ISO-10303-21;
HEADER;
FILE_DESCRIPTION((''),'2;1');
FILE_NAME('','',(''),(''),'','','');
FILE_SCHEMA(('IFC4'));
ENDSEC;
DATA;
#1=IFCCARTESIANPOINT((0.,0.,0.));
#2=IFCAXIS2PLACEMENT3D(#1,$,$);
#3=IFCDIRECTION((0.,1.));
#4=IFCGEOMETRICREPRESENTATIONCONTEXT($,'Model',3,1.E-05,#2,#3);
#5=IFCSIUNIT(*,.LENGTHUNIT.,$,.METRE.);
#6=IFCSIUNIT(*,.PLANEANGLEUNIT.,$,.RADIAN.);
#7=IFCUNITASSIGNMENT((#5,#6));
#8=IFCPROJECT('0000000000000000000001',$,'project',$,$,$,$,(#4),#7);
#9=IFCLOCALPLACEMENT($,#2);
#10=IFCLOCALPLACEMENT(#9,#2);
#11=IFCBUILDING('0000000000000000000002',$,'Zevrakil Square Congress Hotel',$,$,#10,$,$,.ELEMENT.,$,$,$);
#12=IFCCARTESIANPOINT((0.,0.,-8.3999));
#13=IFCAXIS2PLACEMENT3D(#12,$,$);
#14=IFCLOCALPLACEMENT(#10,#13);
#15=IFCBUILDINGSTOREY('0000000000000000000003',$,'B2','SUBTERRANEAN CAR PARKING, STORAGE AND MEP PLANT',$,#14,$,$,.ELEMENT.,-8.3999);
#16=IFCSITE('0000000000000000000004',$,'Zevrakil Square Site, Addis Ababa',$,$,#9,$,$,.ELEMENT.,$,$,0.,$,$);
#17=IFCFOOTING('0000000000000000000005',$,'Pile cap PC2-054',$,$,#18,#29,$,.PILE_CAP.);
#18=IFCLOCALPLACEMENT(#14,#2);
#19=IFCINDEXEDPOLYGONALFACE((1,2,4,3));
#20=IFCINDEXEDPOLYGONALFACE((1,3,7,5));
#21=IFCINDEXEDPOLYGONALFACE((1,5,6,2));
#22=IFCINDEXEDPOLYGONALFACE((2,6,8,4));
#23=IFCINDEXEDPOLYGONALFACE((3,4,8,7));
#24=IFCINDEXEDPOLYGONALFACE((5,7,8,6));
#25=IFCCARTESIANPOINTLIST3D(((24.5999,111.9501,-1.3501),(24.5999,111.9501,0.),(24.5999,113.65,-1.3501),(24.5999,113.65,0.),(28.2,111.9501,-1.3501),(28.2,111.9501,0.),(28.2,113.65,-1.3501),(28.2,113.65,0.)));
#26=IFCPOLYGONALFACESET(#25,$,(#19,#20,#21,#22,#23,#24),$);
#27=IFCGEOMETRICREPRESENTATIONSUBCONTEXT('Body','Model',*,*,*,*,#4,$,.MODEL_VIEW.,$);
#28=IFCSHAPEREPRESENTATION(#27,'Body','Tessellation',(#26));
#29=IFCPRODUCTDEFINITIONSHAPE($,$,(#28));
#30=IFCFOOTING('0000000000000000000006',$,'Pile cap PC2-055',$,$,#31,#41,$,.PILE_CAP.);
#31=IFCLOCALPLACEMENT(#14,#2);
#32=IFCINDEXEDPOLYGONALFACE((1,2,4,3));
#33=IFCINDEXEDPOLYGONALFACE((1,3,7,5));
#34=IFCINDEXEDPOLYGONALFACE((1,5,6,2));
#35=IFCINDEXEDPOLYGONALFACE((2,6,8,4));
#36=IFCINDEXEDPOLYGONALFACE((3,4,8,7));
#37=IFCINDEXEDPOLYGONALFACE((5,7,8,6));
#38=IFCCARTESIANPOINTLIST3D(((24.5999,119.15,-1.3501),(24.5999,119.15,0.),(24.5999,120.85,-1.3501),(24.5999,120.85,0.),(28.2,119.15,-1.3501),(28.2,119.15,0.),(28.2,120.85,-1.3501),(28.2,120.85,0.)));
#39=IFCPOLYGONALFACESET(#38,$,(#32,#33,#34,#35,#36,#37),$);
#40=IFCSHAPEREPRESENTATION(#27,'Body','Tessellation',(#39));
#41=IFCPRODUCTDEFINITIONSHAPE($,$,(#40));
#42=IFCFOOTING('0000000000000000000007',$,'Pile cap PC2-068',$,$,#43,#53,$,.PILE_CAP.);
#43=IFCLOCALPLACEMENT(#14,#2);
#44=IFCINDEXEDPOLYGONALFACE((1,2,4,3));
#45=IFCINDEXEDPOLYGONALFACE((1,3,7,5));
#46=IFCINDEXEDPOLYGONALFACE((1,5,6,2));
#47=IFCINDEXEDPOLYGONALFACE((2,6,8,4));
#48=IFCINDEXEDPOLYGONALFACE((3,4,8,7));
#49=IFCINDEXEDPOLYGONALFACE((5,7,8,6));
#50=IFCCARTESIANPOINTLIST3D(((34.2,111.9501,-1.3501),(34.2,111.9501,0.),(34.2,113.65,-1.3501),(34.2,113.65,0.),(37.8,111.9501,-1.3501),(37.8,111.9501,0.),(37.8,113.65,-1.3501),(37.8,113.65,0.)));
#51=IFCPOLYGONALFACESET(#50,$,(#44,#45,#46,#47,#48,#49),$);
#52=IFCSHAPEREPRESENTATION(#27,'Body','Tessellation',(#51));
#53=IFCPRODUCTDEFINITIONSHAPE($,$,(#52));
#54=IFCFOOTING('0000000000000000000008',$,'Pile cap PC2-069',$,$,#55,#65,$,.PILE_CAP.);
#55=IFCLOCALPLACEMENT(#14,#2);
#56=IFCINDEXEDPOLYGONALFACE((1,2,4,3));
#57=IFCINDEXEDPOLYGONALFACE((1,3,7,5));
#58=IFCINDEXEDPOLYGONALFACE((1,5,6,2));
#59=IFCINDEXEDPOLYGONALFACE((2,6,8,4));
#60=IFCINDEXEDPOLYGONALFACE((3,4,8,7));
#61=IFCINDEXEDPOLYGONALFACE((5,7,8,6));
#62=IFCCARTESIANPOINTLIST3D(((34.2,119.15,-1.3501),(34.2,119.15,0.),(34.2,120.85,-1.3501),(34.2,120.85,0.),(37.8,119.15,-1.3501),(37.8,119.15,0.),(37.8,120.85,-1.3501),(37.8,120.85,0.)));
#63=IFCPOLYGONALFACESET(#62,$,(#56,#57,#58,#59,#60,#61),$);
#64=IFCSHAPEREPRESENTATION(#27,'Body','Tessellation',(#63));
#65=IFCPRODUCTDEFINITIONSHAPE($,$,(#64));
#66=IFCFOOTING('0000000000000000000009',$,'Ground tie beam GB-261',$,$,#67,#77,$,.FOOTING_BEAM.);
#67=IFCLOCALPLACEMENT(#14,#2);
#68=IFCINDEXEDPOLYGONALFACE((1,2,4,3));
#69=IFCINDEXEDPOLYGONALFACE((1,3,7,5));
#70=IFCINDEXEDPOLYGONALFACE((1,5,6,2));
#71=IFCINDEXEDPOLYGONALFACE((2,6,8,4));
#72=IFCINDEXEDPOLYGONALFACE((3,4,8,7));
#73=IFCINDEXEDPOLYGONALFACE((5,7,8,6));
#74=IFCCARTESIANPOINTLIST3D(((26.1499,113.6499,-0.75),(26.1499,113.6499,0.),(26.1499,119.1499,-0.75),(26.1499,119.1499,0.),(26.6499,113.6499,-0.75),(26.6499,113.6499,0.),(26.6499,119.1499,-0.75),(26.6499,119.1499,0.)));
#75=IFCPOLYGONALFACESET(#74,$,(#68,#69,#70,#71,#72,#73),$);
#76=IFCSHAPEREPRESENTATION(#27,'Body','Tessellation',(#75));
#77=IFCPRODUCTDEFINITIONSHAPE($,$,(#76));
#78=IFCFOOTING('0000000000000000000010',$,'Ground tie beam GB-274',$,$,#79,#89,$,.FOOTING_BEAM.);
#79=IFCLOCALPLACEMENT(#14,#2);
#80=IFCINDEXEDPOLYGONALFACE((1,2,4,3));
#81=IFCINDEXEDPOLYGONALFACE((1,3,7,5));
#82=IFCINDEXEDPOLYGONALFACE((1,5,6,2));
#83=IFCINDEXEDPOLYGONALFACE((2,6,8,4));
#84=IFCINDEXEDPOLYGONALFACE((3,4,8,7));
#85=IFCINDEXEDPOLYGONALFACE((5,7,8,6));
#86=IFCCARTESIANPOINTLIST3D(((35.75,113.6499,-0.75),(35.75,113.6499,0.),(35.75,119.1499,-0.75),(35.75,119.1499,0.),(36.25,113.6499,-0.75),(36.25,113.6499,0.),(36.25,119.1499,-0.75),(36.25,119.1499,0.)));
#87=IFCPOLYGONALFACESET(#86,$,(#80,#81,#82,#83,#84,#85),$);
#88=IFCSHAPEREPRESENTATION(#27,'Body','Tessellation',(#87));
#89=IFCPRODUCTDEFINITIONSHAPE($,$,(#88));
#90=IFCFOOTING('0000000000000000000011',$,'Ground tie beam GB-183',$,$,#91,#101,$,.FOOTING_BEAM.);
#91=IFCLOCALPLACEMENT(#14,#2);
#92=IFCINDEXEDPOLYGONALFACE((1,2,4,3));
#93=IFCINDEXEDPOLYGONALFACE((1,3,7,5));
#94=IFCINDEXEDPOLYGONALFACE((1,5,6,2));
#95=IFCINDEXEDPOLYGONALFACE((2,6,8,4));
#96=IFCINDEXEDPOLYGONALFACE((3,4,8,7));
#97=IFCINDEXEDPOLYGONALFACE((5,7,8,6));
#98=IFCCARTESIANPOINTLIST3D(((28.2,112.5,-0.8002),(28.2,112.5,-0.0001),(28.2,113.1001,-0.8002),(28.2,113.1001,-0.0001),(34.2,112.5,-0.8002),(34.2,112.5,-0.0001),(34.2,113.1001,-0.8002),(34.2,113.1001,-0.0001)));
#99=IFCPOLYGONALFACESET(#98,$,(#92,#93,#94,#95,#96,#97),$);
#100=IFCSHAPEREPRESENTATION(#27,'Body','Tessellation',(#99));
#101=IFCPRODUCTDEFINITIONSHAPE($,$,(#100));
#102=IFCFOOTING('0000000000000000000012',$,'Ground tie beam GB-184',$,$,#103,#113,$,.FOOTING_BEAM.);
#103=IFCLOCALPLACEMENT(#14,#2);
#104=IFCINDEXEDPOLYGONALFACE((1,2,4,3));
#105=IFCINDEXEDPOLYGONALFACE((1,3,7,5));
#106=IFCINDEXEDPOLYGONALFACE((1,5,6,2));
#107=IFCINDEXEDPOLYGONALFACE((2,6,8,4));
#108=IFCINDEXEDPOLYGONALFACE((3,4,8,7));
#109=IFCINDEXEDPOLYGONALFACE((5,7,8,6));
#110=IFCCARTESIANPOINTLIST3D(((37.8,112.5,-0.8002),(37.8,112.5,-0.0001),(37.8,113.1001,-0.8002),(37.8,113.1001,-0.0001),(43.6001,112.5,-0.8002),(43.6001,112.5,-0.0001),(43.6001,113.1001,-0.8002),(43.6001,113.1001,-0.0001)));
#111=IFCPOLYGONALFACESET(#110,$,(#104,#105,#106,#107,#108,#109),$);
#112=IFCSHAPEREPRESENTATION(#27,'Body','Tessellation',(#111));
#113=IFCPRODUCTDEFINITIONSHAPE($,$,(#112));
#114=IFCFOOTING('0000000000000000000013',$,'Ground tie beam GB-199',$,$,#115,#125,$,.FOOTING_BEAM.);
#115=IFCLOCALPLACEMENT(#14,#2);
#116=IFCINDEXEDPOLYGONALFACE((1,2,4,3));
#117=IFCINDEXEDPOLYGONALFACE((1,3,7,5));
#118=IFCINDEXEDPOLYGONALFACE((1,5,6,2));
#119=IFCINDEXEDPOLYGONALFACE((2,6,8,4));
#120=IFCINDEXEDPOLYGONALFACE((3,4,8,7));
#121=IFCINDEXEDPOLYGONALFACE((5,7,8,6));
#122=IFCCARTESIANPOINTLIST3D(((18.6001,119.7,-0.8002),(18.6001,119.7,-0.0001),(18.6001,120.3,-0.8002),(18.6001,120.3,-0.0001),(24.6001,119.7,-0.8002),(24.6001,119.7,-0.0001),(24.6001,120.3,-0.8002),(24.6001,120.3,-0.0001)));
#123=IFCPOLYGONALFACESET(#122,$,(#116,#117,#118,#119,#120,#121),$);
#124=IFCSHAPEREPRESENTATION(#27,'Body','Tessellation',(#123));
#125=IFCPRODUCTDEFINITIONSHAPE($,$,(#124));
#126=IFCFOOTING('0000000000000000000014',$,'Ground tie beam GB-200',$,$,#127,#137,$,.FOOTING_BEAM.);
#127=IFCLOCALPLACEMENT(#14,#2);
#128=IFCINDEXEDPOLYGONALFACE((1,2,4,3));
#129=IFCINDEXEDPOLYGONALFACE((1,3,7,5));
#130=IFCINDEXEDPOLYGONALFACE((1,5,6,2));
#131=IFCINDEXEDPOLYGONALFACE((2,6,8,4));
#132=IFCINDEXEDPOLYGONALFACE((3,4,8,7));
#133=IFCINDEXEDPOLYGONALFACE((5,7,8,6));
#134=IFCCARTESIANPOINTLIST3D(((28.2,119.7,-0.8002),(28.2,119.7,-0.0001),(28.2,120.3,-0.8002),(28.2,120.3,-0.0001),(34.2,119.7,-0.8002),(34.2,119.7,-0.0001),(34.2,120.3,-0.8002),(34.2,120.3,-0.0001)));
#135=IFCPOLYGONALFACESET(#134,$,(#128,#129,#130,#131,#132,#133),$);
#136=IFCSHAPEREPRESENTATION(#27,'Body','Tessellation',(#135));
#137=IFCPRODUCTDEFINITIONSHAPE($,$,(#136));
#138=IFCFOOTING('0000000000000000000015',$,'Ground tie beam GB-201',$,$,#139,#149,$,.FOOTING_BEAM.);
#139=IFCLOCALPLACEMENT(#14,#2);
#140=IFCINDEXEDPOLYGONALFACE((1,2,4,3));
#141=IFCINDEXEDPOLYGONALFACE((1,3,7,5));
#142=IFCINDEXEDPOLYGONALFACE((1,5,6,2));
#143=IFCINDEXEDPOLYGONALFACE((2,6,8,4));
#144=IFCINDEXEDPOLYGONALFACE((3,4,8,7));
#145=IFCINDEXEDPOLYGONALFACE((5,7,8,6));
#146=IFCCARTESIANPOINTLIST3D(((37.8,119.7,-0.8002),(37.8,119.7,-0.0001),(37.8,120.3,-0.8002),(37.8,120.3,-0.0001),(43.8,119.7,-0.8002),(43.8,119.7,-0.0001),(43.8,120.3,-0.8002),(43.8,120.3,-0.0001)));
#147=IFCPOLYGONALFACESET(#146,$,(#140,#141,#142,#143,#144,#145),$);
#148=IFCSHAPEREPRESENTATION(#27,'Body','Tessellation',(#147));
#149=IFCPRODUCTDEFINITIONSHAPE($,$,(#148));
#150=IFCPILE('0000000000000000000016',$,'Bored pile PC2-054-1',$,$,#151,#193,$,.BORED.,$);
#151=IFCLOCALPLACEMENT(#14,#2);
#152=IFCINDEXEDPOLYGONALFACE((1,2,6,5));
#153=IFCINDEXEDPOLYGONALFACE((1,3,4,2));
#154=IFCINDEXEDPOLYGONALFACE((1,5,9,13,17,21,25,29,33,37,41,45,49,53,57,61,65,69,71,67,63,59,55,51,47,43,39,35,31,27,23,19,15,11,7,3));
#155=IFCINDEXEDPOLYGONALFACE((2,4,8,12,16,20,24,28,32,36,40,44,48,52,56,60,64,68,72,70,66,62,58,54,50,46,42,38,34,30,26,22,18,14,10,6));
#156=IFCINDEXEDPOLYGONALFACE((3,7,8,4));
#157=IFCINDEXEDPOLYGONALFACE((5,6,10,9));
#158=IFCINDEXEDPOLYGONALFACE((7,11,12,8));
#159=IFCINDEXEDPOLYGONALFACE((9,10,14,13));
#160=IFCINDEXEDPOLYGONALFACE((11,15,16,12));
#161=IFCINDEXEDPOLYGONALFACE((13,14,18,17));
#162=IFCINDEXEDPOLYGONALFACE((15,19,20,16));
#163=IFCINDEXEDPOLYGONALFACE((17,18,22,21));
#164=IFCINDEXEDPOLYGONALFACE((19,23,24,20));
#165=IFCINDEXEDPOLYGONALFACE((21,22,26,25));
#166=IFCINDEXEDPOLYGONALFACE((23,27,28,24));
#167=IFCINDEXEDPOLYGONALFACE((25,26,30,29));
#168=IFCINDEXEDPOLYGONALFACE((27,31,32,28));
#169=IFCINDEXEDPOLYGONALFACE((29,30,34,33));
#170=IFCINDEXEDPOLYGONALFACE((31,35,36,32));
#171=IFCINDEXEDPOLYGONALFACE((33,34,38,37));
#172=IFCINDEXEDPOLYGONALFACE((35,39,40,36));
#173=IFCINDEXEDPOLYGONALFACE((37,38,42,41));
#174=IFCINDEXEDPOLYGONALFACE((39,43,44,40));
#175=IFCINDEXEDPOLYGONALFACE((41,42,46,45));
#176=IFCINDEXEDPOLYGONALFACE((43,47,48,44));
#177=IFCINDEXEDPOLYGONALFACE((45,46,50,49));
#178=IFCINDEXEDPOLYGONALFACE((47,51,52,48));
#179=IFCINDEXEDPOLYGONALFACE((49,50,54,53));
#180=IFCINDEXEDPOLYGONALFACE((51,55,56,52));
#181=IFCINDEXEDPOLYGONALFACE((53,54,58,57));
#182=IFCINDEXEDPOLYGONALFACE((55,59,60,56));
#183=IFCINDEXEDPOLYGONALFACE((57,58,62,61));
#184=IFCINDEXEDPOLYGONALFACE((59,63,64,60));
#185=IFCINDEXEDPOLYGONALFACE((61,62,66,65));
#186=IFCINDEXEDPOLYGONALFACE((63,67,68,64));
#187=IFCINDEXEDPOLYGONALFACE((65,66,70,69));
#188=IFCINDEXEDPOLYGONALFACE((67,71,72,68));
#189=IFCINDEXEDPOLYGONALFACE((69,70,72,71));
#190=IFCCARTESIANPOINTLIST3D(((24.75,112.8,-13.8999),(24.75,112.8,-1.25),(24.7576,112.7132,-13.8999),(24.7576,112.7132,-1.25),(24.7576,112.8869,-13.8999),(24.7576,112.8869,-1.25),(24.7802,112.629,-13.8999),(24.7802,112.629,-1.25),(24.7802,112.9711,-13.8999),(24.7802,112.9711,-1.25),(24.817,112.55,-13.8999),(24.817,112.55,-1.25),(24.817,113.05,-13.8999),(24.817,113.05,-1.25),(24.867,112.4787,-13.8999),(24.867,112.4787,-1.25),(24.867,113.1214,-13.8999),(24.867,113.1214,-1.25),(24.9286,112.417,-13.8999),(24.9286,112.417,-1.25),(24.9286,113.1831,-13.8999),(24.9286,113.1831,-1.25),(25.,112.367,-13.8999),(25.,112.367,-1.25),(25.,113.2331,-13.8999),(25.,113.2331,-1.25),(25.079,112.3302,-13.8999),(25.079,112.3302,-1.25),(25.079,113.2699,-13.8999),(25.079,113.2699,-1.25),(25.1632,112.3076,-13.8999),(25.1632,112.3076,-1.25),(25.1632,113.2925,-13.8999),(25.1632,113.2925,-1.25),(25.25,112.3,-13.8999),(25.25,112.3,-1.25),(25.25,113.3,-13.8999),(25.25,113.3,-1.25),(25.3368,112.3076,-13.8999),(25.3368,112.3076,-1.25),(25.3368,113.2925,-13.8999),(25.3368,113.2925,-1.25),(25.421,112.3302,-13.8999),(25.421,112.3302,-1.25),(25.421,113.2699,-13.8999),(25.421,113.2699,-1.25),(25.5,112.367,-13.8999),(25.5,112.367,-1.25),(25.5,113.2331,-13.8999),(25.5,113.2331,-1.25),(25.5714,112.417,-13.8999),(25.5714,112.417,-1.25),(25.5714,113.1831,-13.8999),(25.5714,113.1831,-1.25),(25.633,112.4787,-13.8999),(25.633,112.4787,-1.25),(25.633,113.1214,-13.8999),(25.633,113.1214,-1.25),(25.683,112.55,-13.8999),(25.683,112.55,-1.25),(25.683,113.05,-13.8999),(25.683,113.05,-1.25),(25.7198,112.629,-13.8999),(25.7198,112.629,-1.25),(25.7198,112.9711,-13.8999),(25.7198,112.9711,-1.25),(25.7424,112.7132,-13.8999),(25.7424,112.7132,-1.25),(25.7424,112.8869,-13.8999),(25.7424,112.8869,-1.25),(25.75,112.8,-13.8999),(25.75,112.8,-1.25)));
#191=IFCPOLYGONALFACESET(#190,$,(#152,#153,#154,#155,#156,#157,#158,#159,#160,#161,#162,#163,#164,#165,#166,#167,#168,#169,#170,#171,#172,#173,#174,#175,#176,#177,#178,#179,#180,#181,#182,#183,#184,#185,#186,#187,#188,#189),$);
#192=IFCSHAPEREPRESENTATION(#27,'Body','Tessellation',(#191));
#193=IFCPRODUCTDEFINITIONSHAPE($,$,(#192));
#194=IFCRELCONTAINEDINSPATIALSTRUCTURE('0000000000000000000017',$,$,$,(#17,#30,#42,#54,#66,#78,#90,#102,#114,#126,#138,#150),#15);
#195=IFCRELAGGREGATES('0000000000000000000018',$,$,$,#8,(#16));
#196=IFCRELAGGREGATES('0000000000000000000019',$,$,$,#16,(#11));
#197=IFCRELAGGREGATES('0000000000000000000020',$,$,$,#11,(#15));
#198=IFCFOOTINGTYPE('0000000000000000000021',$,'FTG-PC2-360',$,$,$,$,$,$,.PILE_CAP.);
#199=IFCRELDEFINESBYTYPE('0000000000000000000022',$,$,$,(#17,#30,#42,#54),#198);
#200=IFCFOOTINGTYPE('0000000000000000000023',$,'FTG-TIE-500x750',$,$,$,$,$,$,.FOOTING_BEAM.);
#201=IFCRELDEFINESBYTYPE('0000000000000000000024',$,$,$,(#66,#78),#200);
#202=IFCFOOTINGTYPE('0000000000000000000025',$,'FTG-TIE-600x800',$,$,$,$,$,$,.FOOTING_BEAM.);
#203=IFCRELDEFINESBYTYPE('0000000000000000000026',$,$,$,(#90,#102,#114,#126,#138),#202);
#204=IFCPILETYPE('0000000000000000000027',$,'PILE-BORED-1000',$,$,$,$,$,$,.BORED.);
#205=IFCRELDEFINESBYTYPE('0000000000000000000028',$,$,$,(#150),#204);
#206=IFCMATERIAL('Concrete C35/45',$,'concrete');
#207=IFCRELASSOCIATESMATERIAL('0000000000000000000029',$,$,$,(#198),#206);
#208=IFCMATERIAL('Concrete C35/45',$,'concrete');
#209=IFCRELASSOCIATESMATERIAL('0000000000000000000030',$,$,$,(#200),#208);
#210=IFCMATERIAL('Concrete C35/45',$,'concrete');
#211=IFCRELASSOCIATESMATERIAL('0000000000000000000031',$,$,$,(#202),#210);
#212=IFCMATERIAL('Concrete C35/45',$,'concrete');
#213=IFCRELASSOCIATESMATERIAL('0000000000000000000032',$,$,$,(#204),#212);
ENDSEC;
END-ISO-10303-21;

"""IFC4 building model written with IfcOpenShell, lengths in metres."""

from ifc_helpers import new_model, si_unit, direction, frame, origin, origin_2d, place, context, subcontext, project, spatial, rectangle, circle, extrude, material, material_profile, profile_set, type_object, element, save


model = new_model("IFC4")

# Units and contexts
model_context = context("Model", 3, precision=1e-05, world=origin(), true_north=direction((0.0, 1.0)))
body_context = subcontext(model_context, "Body", "Model", "MODEL_VIEW")
ifc_project = project(units=[si_unit("LENGTHUNIT", "METRE"), si_unit("PLANEANGLEUNIT", "RADIAN")], contexts=[model_context])

# Site, building, storey
site_placement = place(None, origin())
site = spatial("IfcSite", under=ifc_project, at=site_placement, Name="Zevrakil Square Site, Addis Ababa", CompositionType="ELEMENT", RefElevation=0.0)
building_placement = place(site_placement, origin())
building = spatial("IfcBuilding", under=site, at=building_placement, Name="Zevrakil Square Congress Hotel", CompositionType="ELEMENT")
storey_placement = place(building_placement, frame((0.0, 0.0, -8.3999)))
storey = spatial("IfcBuildingStorey", under=building, at=storey_placement, Name="B2", Description="SUBTERRANEAN CAR PARKING, STORAGE AND MEP PLANT", CompositionType="ELEMENT", Elevation=-8.3999)

# Footings
ifc_material_1 = material(Name="Concrete C35/45", Category="concrete")
footing_type_1 = type_object("IfcFootingType", Name="FTG-PC2-360", PredefinedType="PILE_CAP", material=ifc_material_1)
for number, where, z_axis, x_axis, name in (
    (1, (26.3999, 112.8, -1.3501), (0.0, 0.0, 1.0), (1.0, 0.0, 0.0), "Pile cap PC2-054"),
    (2, (26.3999, 120.0, -1.3501), (0.0, 0.0, 1.0), (1.0, 0.0, 0.0), "Pile cap PC2-055"),
    (3, (36.0, 112.8, -1.3501), (0.0, 0.0, 1.0), (1.0, 0.0, 0.0), "Pile cap PC2-068"),
    (4, (36.0, 120.0, -1.3501), (0.0, 0.0, 1.0), (1.0, 0.0, 0.0), "Pile cap PC2-069"),
):
    element("IfcFooting", number, at=place(storey_placement, frame(where, z_axis=z_axis, x_axis=x_axis)), inside=storey, type_object=footing_type_1, Name=name, PredefinedType="PILE_CAP", context=body_context, shape_type="SweptSolid", body=[
        extrude(rectangle(XDim=3.6001, YDim=1.7, at=origin_2d()), origin(), (0.0, 0.0, 1.0), 1.3501),
    ])
ifc_material_2 = material(Name="Concrete C35/45", Category="concrete")
ifc_material_profile_1 = material_profile(ifc_material_2, rectangle(XDim=0.5, YDim=0.75, at=origin_2d()), Name="RC 500x750")
ifc_profile_set_1 = profile_set([ifc_material_profile_1], Name="Concrete C35/45")
footing_type_2 = type_object("IfcFootingType", Name="FTG-TIE-500x750", PredefinedType="FOOTING_BEAM", material=ifc_profile_set_1)
for number, where, z_axis, x_axis, name in (
    (5, (26.3999, 113.6499, -0.375), (0.0, 1.0, 0.0), (-1.0, 0.0, 0.0), "Ground tie beam GB-261"),
    (6, (36.0, 113.6499, -0.375), (0.0, 1.0, 0.0), (-1.0, 0.0, 0.0), "Ground tie beam GB-274"),
):
    element("IfcFooting", number, at=place(storey_placement, frame(where, z_axis=z_axis, x_axis=x_axis)), inside=storey, type_object=footing_type_2, Name=name, PredefinedType="FOOTING_BEAM", context=body_context, shape_type="SweptSolid", body=[
        extrude(rectangle(XDim=0.5, YDim=0.75, at=origin_2d()), origin(), (0.0, 0.0, 1.0), 5.5),
    ])
ifc_material_3 = material(Name="Concrete C35/45", Category="concrete")
ifc_material_profile_2 = material_profile(ifc_material_3, rectangle(XDim=0.6001, YDim=0.8, at=origin_2d()), Name="RC 600x800")
ifc_profile_set_2 = profile_set([ifc_material_profile_2], Name="Concrete C35/45")
footing_type_3 = type_object("IfcFootingType", Name="FTG-TIE-600x800", PredefinedType="FOOTING_BEAM", material=ifc_profile_set_2)
footing_1_placement = place(storey_placement, frame((28.2, 112.8, -0.4001), z_axis=(1.0, 0.0, 0.0), x_axis=(0.0, 1.0, 0.0)))
element("IfcFooting", 7, at=footing_1_placement, inside=storey, type_object=footing_type_3, Name="Ground tie beam GB-183", PredefinedType="FOOTING_BEAM", context=body_context, shape_type="SweptSolid", body=[
    extrude(rectangle(XDim=0.6001, YDim=0.8, at=origin_2d()), origin(), (0.0, 0.0, 1.0), 6.0),
])
footing_2_placement = place(storey_placement, frame((37.8, 112.8, -0.4001), z_axis=(1.0, 0.0, 0.0), x_axis=(0.0, 1.0, 0.0)))
element("IfcFooting", 8, at=footing_2_placement, inside=storey, type_object=footing_type_3, Name="Ground tie beam GB-184", PredefinedType="FOOTING_BEAM", context=body_context, shape_type="SweptSolid", body=[
    extrude(rectangle(XDim=0.6001, YDim=0.8, at=origin_2d()), origin(), (0.0, 0.0, 1.0), 5.8),
])
for number, where, z_axis, x_axis, name in (
    (9, (18.6001, 120.0, -0.4001), (1.0, 0.0, 0.0), (0.0, 1.0, 0.0), "Ground tie beam GB-199"),
    (10, (28.2, 120.0, -0.4001), (1.0, 0.0, 0.0), (0.0, 1.0, 0.0), "Ground tie beam GB-200"),
    (11, (37.8, 120.0, -0.4001), (1.0, 0.0, 0.0), (0.0, 1.0, 0.0), "Ground tie beam GB-201"),
):
    element("IfcFooting", number, at=place(storey_placement, frame(where, z_axis=z_axis, x_axis=x_axis)), inside=storey, type_object=footing_type_3, Name=name, PredefinedType="FOOTING_BEAM", context=body_context, shape_type="SweptSolid", body=[
        extrude(rectangle(XDim=0.6001, YDim=0.8, at=origin_2d()), origin(), (0.0, 0.0, 1.0), 6.0),
    ])

# Pile
ifc_material_4 = material(Name="Concrete C35/45", Category="concrete")
ifc_material_profile_3 = material_profile(ifc_material_4, circle(Radius=0.5, at=origin_2d()), Name="PILE D1000")
ifc_profile_set_3 = profile_set([ifc_material_profile_3], Name="Concrete C35/45")
pile_type = type_object("IfcPileType", Name="PILE-BORED-1000", PredefinedType="BORED", material=ifc_profile_set_3)
for number, where, z_axis, x_axis, name in (
    (12, (25.25, 112.8, -1.25), (0.0, 0.0, -1.0), (1.0, 0.0, 0.0), "Bored pile PC2-054-1"),
):
    element("IfcPile", number, at=place(storey_placement, frame(where, z_axis=z_axis, x_axis=x_axis)), inside=storey, type_object=pile_type, Name=name, PredefinedType="BORED", context=body_context, shape_type="SweptSolid", body=[
        extrude(circle(Radius=0.5, at=origin_2d()), origin(), (0.0, 0.0, 1.0), 12.6499),
    ])

save(model, "model.ifc")
